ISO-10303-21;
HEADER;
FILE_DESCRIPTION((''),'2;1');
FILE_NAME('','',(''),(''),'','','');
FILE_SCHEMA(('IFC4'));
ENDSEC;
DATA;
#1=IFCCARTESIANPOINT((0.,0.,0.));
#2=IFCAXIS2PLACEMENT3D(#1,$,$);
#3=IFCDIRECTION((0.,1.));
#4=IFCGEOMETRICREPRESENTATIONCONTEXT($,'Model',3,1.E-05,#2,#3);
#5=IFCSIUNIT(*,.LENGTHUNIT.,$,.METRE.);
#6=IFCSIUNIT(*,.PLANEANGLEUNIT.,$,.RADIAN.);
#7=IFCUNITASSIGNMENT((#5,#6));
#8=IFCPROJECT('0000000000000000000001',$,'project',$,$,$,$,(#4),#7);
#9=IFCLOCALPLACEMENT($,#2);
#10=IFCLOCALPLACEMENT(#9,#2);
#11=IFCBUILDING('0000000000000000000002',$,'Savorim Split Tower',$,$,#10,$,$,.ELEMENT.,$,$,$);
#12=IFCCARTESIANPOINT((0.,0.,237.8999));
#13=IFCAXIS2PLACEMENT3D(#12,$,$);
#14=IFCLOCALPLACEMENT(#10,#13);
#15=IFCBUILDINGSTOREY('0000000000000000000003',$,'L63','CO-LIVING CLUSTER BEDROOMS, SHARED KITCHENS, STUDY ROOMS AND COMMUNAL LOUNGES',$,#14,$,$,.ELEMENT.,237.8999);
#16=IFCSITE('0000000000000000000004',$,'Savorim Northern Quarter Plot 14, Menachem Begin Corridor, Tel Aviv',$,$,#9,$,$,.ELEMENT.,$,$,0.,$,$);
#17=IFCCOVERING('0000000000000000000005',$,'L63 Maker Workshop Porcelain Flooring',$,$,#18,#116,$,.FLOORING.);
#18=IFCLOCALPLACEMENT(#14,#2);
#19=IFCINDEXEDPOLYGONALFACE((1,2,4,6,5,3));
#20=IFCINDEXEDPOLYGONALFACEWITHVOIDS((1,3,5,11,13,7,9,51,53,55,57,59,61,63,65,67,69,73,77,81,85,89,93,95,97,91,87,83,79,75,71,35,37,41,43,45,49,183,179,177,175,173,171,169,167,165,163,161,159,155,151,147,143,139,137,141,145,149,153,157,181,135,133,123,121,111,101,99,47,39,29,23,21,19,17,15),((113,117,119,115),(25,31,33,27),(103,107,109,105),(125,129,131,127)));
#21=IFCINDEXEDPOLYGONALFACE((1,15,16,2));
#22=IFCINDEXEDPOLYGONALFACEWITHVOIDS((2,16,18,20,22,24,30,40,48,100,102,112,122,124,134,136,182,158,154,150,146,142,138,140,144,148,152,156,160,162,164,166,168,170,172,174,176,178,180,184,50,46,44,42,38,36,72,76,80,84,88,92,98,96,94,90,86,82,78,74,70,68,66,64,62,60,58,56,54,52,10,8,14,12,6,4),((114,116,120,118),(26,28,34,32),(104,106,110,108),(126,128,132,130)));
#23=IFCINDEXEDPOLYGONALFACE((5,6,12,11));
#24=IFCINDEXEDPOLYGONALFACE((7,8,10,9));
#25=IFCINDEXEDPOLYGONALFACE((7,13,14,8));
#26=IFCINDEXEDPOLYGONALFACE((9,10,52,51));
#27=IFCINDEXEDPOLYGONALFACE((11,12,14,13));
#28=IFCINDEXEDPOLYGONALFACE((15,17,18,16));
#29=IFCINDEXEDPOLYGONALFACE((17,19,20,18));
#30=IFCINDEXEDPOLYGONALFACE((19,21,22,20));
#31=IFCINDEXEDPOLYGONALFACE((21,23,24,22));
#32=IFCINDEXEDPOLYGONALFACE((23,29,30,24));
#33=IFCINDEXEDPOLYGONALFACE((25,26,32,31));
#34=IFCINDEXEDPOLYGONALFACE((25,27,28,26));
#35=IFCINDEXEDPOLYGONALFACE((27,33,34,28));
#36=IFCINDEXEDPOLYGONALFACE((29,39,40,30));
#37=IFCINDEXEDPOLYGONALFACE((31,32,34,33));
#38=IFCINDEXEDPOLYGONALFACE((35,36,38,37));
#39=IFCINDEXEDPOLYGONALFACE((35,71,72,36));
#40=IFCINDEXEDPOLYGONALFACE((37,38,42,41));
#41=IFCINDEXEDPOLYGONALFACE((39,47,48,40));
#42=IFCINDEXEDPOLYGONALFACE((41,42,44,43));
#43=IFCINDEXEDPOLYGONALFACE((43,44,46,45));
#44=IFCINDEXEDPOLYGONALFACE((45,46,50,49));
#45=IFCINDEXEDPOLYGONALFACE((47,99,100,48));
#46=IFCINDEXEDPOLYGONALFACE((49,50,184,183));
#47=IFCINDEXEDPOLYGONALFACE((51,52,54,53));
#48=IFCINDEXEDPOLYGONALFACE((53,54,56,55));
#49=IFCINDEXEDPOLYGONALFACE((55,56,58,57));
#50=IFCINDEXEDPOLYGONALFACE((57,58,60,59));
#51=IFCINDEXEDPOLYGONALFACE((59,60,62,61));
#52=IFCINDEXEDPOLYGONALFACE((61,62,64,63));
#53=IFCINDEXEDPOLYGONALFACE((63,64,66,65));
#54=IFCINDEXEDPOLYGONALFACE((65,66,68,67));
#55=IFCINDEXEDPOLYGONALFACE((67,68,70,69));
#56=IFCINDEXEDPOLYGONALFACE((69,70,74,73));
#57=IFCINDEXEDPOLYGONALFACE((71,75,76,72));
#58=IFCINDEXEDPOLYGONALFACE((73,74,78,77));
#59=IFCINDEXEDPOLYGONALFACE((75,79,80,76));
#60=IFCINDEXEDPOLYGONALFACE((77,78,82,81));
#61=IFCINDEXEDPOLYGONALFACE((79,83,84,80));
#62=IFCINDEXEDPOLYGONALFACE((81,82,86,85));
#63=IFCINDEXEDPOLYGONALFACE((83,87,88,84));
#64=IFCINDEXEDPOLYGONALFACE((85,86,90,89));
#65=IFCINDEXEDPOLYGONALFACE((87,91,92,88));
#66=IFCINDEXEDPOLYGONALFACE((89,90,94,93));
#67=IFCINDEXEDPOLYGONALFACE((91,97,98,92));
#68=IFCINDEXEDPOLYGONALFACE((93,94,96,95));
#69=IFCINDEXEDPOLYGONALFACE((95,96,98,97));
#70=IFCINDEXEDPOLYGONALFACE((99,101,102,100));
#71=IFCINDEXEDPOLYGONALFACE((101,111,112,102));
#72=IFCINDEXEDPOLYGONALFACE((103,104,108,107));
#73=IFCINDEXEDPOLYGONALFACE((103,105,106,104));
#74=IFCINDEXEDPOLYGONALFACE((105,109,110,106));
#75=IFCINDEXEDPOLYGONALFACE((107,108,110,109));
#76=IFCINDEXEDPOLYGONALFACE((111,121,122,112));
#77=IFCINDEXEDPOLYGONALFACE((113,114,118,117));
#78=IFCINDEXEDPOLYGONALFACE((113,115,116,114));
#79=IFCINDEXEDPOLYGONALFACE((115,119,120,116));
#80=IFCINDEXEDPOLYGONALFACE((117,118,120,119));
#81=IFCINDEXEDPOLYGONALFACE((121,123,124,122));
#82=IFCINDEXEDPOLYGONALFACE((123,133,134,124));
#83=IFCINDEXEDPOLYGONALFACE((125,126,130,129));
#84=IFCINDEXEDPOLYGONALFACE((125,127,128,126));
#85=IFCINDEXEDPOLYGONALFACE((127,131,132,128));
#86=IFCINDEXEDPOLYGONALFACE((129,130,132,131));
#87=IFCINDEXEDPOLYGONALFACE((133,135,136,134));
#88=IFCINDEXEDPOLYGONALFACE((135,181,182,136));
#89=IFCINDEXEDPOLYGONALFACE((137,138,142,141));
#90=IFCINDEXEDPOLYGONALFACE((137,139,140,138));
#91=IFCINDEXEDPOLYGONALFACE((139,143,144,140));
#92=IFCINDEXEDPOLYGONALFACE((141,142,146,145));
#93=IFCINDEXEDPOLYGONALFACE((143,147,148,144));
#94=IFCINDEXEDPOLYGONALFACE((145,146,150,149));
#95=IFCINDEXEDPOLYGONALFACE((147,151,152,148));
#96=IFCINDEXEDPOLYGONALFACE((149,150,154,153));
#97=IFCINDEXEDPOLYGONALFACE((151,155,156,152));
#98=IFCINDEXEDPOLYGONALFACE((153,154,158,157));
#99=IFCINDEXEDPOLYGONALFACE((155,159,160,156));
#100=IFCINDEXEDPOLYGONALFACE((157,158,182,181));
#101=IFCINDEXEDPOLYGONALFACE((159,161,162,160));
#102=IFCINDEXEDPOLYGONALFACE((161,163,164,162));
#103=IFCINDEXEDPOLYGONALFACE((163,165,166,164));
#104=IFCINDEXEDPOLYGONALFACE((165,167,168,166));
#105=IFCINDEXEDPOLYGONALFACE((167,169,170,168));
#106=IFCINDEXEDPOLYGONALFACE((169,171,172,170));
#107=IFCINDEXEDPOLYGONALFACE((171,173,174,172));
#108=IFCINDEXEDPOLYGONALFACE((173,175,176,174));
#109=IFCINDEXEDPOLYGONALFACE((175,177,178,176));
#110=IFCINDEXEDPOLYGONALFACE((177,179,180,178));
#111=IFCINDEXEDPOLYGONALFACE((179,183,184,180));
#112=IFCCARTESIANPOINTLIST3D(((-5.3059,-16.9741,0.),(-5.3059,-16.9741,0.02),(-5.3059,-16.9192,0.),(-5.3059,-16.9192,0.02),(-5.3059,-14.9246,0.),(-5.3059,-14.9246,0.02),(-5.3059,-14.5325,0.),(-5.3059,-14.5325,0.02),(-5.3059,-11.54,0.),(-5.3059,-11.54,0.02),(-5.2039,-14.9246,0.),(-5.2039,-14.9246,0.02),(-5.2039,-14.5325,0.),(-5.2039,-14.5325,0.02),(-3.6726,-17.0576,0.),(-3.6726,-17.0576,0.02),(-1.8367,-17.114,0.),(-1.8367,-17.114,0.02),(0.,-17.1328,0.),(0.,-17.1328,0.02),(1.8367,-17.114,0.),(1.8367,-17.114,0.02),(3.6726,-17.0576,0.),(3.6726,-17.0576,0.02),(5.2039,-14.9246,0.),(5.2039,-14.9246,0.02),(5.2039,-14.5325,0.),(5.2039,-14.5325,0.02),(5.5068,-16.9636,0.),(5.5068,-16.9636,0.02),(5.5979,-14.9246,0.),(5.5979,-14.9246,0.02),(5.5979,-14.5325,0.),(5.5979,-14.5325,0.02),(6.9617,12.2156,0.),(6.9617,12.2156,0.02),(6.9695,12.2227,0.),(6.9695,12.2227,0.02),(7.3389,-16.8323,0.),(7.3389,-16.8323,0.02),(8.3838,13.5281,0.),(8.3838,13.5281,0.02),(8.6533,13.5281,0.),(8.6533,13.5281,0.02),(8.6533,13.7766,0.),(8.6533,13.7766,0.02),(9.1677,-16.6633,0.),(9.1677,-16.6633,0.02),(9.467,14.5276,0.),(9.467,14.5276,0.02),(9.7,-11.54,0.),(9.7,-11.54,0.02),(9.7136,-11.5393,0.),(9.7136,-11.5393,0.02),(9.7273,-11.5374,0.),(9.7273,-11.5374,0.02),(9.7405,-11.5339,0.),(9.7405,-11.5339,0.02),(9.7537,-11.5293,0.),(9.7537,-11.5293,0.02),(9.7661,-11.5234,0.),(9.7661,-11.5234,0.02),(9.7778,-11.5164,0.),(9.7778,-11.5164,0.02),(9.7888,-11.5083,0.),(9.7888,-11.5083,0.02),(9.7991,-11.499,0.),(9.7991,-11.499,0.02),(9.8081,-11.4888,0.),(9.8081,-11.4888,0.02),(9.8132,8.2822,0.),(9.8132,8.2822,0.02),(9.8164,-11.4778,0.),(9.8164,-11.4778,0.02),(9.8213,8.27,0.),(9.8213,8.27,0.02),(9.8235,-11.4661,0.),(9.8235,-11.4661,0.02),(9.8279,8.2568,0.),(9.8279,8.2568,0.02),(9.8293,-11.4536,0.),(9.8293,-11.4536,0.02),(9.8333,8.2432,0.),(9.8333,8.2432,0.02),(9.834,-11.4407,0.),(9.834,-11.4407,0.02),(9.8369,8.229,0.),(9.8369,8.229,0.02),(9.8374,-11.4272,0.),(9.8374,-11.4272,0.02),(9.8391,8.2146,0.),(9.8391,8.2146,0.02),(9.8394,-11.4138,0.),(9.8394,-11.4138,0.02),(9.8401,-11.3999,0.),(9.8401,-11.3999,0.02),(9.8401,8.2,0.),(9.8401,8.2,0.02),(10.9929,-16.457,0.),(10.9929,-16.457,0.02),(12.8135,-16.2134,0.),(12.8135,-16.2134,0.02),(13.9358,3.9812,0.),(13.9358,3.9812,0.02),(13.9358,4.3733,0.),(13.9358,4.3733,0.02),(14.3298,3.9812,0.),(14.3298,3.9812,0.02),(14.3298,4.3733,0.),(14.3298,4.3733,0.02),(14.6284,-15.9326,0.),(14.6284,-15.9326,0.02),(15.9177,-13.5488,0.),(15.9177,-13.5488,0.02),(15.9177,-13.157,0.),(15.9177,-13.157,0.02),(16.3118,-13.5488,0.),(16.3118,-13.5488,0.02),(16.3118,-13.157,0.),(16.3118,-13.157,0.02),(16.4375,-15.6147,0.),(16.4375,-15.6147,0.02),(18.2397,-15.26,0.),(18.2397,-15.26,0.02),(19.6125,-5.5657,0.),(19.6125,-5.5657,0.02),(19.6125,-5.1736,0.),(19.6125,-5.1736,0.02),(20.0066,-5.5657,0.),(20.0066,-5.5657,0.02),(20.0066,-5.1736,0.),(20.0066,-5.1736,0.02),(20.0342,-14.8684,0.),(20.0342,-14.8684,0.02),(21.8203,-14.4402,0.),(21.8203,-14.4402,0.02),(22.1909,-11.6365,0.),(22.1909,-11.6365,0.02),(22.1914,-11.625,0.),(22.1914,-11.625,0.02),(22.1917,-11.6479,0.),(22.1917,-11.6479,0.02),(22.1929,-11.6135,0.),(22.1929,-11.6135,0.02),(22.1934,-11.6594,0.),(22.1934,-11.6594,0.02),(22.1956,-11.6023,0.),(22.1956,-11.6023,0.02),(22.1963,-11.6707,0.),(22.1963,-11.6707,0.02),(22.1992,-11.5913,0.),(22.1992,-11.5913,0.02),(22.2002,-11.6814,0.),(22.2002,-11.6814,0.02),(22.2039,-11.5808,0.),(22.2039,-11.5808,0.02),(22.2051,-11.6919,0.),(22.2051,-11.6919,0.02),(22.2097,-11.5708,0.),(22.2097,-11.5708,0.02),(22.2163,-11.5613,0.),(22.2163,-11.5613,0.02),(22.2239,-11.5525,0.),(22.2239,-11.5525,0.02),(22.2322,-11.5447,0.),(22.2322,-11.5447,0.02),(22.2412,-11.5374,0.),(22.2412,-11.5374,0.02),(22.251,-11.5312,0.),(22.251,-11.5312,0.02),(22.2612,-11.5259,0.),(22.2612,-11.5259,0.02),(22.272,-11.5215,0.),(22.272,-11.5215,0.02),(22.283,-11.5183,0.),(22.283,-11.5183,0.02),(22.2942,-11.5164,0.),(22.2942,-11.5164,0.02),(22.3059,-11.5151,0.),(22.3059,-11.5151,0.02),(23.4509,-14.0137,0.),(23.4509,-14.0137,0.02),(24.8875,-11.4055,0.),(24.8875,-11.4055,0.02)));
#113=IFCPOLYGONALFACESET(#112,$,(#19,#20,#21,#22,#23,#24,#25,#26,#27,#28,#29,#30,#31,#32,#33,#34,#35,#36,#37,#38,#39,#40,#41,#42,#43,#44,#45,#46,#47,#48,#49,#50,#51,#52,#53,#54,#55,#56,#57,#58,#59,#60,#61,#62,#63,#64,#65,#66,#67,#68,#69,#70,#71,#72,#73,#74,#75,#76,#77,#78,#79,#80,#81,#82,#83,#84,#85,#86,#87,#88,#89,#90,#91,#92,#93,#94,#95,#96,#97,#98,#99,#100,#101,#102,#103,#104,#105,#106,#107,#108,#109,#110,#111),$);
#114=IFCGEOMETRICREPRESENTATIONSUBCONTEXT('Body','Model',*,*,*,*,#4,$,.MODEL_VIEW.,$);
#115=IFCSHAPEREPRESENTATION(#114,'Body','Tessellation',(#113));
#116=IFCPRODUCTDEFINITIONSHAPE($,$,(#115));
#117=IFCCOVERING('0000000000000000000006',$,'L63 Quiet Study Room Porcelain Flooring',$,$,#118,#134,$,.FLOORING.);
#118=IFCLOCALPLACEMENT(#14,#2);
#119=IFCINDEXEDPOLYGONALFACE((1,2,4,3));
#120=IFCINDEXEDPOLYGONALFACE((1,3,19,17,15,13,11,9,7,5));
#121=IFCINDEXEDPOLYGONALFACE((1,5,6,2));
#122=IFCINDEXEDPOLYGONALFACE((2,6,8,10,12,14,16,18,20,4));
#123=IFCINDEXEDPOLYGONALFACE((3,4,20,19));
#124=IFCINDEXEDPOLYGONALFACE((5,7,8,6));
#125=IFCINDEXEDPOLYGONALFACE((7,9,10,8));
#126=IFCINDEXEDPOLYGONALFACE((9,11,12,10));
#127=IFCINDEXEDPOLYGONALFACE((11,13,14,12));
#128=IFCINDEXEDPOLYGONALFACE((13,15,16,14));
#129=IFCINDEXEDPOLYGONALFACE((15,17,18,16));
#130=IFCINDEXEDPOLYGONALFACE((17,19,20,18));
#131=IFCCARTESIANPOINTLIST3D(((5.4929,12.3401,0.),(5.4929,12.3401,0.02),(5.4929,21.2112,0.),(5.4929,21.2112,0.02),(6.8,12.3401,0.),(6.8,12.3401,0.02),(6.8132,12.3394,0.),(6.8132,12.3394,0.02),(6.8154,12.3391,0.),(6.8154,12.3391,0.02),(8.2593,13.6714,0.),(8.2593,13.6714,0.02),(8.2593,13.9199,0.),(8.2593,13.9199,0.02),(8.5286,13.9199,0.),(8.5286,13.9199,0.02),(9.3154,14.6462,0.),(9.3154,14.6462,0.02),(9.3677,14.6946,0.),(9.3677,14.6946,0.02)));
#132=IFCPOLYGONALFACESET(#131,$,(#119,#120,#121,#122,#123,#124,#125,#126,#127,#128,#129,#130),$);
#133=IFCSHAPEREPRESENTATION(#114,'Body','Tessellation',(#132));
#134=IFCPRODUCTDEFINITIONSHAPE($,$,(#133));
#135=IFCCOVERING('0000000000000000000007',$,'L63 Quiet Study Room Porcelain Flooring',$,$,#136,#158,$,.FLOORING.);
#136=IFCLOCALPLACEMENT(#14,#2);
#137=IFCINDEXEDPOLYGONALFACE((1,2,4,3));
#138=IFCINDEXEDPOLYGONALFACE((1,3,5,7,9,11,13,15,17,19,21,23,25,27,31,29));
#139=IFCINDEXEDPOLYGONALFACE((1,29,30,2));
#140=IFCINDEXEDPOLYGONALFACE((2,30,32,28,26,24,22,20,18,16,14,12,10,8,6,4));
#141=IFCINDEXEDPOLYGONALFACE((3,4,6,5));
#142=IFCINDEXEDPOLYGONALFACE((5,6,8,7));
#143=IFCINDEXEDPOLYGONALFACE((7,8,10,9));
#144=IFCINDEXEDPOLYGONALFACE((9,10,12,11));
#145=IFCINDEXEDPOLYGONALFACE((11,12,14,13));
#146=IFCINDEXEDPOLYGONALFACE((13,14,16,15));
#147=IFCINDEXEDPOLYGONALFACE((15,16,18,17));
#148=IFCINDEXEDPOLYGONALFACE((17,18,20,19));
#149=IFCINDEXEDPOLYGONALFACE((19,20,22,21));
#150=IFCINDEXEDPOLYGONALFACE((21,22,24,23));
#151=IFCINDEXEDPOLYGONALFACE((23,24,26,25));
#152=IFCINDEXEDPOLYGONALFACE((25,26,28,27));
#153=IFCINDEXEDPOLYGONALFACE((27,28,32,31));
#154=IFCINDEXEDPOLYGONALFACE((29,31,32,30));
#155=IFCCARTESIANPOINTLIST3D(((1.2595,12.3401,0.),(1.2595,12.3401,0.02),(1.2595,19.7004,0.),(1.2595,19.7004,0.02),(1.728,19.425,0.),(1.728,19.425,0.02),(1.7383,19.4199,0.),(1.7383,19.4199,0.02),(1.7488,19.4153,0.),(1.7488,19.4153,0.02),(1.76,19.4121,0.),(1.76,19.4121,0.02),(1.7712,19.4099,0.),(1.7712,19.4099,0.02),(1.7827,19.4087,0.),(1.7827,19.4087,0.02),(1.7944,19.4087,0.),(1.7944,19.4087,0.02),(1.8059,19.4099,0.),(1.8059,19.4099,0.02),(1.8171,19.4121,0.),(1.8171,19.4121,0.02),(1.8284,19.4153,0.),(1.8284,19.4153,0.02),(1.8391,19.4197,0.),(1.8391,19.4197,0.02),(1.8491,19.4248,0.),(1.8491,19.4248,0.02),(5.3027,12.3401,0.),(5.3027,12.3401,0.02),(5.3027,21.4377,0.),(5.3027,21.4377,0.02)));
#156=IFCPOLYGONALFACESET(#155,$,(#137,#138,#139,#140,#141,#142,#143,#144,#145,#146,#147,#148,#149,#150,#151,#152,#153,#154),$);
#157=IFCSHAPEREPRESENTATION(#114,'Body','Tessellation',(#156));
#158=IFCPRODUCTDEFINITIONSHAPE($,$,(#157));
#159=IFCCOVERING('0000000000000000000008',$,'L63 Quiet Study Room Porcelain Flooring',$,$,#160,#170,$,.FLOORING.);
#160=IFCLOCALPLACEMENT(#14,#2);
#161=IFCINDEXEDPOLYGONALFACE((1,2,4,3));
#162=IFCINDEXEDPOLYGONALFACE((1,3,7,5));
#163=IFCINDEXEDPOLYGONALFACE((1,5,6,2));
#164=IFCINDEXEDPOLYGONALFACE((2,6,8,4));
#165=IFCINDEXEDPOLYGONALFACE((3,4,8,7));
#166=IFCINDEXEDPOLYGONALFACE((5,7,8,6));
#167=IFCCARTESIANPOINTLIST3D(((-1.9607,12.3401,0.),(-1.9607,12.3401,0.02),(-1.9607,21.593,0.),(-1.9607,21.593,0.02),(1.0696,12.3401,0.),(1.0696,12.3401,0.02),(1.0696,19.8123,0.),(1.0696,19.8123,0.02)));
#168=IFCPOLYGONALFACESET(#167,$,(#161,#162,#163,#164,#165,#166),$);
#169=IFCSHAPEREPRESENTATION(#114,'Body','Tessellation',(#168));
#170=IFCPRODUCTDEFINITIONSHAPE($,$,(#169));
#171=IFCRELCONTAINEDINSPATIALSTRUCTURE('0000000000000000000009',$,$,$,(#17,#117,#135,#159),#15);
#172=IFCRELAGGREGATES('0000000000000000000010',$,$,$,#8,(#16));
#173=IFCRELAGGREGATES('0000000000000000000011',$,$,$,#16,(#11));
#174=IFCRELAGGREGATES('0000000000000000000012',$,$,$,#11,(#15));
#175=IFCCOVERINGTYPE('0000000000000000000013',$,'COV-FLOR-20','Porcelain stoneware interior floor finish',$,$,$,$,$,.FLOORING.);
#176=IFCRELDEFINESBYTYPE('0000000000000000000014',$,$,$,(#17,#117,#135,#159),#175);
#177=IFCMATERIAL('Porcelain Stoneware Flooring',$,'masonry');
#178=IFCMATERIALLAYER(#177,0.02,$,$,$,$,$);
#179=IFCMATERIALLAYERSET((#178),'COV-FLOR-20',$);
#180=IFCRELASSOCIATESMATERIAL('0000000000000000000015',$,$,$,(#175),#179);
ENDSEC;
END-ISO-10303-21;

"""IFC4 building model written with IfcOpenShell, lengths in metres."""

from ifc_helpers import new_model, si_unit, direction, frame, origin, place, context, subcontext, project, spatial, polyline, outline, extrude, material, layer, layer_set, type_object, element, save


model = new_model("IFC4")

# Units and contexts
model_context = context("Model", 3, precision=1e-05, world=origin(), true_north=direction((0.0, 1.0)))
body_context = subcontext(model_context, "Body", "Model", "MODEL_VIEW")
ifc_project = project(units=[si_unit("LENGTHUNIT", "METRE"), si_unit("PLANEANGLEUNIT", "RADIAN")], contexts=[model_context])

# Site, building, storey
site_placement = place(None, origin())
site = spatial("IfcSite", under=ifc_project, at=site_placement, Name="Savorim Northern Quarter Plot 14, Menachem Begin Corridor, Tel Aviv", CompositionType="ELEMENT", RefElevation=0.0)
building_placement = place(site_placement, origin())
building = spatial("IfcBuilding", under=site, at=building_placement, Name="Savorim Split Tower", CompositionType="ELEMENT")
storey_placement = place(building_placement, frame((0.0, 0.0, 237.8999)))
storey = spatial("IfcBuildingStorey", under=building, at=storey_placement, Name="L63", Description="CO-LIVING CLUSTER BEDROOMS, SHARED KITCHENS, STUDY ROOMS AND COMMUNAL LOUNGES", CompositionType="ELEMENT", Elevation=237.8999)

# Coverings
ifc_material_1 = material(Name="Porcelain Stoneware Flooring", Category="masonry")
ifc_layer_1 = layer(ifc_material_1, 0.02)
ifc_layer_set_1 = layer_set([ifc_layer_1], Name="COV-FLOR-20")
covering_type_1 = type_object("IfcCoveringType", Name="COV-FLOR-20", Description="Porcelain stoneware interior floor finish", PredefinedType="FLOORING", material=ifc_layer_set_1)
covering_1_placement = place(storey_placement, origin())
element("IfcCovering", 1, at=covering_1_placement, inside=storey, type_object=covering_type_1, Name="L63 Maker Workshop Porcelain Flooring", PredefinedType="FLOORING", context=body_context, shape_type="SweptSolid", body=[
    extrude(outline(polyline([(22.283, -11.5183), (22.2942, -11.5164), (22.3059, -11.5151), (24.8875, -11.4055), (9.467, 14.5276), (8.6533, 13.7766), (8.6533, 13.5281), (8.3838, 13.5281), (6.9695, 12.2227), (6.9617, 12.2156), (9.8132, 8.2822), (9.8213, 8.27), (9.8279, 8.2568), (9.8333, 8.2432), (9.8369, 8.229), (9.8391, 8.2146), (9.8401, 8.2), (9.8401, -11.3999), (9.8394, -11.4138), (9.8374, -11.4272), (9.834, -11.4407), (9.8293, -11.4536), (9.8235, -11.4661), (9.8164, -11.4778), (9.8081, -11.4888), (9.7991, -11.499), (9.7888, -11.5083), (9.7778, -11.5164), (9.7661, -11.5234), (9.7537, -11.5293), (9.7405, -11.5339), (9.7273, -11.5374), (9.7136, -11.5393), (9.7, -11.54), (-5.3059, -11.54), (-5.3059, -14.5325), (-5.2039, -14.5325), (-5.2039, -14.9246), (-5.3059, -14.9246), (-5.3059, -16.9192), (-5.3059, -16.9741), (-3.6726, -17.0576), (-1.8367, -17.114), (0.0, -17.1328), (1.8367, -17.114), (3.6726, -17.0576), (5.5068, -16.9636), (7.3389, -16.8323), (9.1677, -16.6633), (10.9929, -16.457), (12.8135, -16.2134), (14.6284, -15.9326), (16.4375, -15.6147), (18.2397, -15.26), (20.0342, -14.8684), (21.8203, -14.4402), (23.4509, -14.0137), (22.2051, -11.6919), (22.2002, -11.6814), (22.1963, -11.6707), (22.1934, -11.6594), (22.1917, -11.6479), (22.1909, -11.6365), (22.1914, -11.625), (22.1929, -11.6135), (22.1956, -11.6023), (22.1992, -11.5913), (22.2039, -11.5808), (22.2097, -11.5708), (22.2163, -11.5613), (22.2239, -11.5525), (22.2322, -11.5447), (22.2412, -11.5374), (22.251, -11.5312), (22.2612, -11.5259), (22.272, -11.5215), (22.283, -11.5183)]), holes=[polyline([(5.2039, -14.9246), (5.5979, -14.9246), (5.5979, -14.5325), (5.2039, -14.5325), (5.2039, -14.9246)]), polyline([(16.3118, -13.5488), (16.3118, -13.157), (15.9177, -13.157), (15.9177, -13.5488), (16.3118, -13.5488)]), polyline([(20.0066, -5.5657), (20.0066, -5.1736), (19.6125, -5.1736), (19.6125, -5.5657), (20.0066, -5.5657)]), polyline([(14.3298, 3.9812), (14.3298, 4.3733), (13.9358, 4.3733), (13.9358, 3.9812), (14.3298, 3.9812)])]), origin(), (0.0, 0.0, 1.0), 0.02),
])
covering_2_placement = place(storey_placement, origin())
element("IfcCovering", 2, at=covering_2_placement, inside=storey, type_object=covering_type_1, Name="L63 Quiet Study Room Porcelain Flooring", PredefinedType="FLOORING", context=body_context, shape_type="SweptSolid", body=[
    extrude(outline(polyline([(8.5286, 13.9199), (9.3154, 14.6462), (9.3677, 14.6946), (5.4929, 21.2112), (5.4929, 12.3401), (6.8, 12.3401), (6.8132, 12.3394), (6.8154, 12.3391), (8.2593, 13.6714), (8.2593, 13.9199), (8.5286, 13.9199)])), origin(), (0.0, 0.0, 1.0), 0.02),
])
covering_3_placement = place(storey_placement, origin())
element("IfcCovering", 3, at=covering_3_placement, inside=storey, type_object=covering_type_1, Name="L63 Quiet Study Room Porcelain Flooring", PredefinedType="FLOORING", context=body_context, shape_type="SweptSolid", body=[
    extrude(outline(polyline([(1.7488, 19.4153), (1.7383, 19.4199), (1.728, 19.425), (1.2595, 19.7004), (1.2595, 12.3401), (5.3027, 12.3401), (5.3027, 21.4377), (1.8491, 19.4248), (1.8391, 19.4197), (1.8284, 19.4153), (1.8171, 19.4121), (1.8059, 19.4099), (1.7944, 19.4087), (1.7827, 19.4087), (1.7712, 19.4099), (1.76, 19.4121), (1.7488, 19.4153)])), origin(), (0.0, 0.0, 1.0), 0.02),
])
covering_4_placement = place(storey_placement, origin())
element("IfcCovering", 4, at=covering_4_placement, inside=storey, type_object=covering_type_1, Name="L63 Quiet Study Room Porcelain Flooring", PredefinedType="FLOORING", context=body_context, shape_type="SweptSolid", body=[
    extrude(outline(polyline([(-1.9607, 12.3401), (1.0696, 12.3401), (1.0696, 19.8123), (-1.9607, 21.593), (-1.9607, 12.3401)])), origin(), (0.0, 0.0, 1.0), 0.02),
])

save(model, "model.ifc")
